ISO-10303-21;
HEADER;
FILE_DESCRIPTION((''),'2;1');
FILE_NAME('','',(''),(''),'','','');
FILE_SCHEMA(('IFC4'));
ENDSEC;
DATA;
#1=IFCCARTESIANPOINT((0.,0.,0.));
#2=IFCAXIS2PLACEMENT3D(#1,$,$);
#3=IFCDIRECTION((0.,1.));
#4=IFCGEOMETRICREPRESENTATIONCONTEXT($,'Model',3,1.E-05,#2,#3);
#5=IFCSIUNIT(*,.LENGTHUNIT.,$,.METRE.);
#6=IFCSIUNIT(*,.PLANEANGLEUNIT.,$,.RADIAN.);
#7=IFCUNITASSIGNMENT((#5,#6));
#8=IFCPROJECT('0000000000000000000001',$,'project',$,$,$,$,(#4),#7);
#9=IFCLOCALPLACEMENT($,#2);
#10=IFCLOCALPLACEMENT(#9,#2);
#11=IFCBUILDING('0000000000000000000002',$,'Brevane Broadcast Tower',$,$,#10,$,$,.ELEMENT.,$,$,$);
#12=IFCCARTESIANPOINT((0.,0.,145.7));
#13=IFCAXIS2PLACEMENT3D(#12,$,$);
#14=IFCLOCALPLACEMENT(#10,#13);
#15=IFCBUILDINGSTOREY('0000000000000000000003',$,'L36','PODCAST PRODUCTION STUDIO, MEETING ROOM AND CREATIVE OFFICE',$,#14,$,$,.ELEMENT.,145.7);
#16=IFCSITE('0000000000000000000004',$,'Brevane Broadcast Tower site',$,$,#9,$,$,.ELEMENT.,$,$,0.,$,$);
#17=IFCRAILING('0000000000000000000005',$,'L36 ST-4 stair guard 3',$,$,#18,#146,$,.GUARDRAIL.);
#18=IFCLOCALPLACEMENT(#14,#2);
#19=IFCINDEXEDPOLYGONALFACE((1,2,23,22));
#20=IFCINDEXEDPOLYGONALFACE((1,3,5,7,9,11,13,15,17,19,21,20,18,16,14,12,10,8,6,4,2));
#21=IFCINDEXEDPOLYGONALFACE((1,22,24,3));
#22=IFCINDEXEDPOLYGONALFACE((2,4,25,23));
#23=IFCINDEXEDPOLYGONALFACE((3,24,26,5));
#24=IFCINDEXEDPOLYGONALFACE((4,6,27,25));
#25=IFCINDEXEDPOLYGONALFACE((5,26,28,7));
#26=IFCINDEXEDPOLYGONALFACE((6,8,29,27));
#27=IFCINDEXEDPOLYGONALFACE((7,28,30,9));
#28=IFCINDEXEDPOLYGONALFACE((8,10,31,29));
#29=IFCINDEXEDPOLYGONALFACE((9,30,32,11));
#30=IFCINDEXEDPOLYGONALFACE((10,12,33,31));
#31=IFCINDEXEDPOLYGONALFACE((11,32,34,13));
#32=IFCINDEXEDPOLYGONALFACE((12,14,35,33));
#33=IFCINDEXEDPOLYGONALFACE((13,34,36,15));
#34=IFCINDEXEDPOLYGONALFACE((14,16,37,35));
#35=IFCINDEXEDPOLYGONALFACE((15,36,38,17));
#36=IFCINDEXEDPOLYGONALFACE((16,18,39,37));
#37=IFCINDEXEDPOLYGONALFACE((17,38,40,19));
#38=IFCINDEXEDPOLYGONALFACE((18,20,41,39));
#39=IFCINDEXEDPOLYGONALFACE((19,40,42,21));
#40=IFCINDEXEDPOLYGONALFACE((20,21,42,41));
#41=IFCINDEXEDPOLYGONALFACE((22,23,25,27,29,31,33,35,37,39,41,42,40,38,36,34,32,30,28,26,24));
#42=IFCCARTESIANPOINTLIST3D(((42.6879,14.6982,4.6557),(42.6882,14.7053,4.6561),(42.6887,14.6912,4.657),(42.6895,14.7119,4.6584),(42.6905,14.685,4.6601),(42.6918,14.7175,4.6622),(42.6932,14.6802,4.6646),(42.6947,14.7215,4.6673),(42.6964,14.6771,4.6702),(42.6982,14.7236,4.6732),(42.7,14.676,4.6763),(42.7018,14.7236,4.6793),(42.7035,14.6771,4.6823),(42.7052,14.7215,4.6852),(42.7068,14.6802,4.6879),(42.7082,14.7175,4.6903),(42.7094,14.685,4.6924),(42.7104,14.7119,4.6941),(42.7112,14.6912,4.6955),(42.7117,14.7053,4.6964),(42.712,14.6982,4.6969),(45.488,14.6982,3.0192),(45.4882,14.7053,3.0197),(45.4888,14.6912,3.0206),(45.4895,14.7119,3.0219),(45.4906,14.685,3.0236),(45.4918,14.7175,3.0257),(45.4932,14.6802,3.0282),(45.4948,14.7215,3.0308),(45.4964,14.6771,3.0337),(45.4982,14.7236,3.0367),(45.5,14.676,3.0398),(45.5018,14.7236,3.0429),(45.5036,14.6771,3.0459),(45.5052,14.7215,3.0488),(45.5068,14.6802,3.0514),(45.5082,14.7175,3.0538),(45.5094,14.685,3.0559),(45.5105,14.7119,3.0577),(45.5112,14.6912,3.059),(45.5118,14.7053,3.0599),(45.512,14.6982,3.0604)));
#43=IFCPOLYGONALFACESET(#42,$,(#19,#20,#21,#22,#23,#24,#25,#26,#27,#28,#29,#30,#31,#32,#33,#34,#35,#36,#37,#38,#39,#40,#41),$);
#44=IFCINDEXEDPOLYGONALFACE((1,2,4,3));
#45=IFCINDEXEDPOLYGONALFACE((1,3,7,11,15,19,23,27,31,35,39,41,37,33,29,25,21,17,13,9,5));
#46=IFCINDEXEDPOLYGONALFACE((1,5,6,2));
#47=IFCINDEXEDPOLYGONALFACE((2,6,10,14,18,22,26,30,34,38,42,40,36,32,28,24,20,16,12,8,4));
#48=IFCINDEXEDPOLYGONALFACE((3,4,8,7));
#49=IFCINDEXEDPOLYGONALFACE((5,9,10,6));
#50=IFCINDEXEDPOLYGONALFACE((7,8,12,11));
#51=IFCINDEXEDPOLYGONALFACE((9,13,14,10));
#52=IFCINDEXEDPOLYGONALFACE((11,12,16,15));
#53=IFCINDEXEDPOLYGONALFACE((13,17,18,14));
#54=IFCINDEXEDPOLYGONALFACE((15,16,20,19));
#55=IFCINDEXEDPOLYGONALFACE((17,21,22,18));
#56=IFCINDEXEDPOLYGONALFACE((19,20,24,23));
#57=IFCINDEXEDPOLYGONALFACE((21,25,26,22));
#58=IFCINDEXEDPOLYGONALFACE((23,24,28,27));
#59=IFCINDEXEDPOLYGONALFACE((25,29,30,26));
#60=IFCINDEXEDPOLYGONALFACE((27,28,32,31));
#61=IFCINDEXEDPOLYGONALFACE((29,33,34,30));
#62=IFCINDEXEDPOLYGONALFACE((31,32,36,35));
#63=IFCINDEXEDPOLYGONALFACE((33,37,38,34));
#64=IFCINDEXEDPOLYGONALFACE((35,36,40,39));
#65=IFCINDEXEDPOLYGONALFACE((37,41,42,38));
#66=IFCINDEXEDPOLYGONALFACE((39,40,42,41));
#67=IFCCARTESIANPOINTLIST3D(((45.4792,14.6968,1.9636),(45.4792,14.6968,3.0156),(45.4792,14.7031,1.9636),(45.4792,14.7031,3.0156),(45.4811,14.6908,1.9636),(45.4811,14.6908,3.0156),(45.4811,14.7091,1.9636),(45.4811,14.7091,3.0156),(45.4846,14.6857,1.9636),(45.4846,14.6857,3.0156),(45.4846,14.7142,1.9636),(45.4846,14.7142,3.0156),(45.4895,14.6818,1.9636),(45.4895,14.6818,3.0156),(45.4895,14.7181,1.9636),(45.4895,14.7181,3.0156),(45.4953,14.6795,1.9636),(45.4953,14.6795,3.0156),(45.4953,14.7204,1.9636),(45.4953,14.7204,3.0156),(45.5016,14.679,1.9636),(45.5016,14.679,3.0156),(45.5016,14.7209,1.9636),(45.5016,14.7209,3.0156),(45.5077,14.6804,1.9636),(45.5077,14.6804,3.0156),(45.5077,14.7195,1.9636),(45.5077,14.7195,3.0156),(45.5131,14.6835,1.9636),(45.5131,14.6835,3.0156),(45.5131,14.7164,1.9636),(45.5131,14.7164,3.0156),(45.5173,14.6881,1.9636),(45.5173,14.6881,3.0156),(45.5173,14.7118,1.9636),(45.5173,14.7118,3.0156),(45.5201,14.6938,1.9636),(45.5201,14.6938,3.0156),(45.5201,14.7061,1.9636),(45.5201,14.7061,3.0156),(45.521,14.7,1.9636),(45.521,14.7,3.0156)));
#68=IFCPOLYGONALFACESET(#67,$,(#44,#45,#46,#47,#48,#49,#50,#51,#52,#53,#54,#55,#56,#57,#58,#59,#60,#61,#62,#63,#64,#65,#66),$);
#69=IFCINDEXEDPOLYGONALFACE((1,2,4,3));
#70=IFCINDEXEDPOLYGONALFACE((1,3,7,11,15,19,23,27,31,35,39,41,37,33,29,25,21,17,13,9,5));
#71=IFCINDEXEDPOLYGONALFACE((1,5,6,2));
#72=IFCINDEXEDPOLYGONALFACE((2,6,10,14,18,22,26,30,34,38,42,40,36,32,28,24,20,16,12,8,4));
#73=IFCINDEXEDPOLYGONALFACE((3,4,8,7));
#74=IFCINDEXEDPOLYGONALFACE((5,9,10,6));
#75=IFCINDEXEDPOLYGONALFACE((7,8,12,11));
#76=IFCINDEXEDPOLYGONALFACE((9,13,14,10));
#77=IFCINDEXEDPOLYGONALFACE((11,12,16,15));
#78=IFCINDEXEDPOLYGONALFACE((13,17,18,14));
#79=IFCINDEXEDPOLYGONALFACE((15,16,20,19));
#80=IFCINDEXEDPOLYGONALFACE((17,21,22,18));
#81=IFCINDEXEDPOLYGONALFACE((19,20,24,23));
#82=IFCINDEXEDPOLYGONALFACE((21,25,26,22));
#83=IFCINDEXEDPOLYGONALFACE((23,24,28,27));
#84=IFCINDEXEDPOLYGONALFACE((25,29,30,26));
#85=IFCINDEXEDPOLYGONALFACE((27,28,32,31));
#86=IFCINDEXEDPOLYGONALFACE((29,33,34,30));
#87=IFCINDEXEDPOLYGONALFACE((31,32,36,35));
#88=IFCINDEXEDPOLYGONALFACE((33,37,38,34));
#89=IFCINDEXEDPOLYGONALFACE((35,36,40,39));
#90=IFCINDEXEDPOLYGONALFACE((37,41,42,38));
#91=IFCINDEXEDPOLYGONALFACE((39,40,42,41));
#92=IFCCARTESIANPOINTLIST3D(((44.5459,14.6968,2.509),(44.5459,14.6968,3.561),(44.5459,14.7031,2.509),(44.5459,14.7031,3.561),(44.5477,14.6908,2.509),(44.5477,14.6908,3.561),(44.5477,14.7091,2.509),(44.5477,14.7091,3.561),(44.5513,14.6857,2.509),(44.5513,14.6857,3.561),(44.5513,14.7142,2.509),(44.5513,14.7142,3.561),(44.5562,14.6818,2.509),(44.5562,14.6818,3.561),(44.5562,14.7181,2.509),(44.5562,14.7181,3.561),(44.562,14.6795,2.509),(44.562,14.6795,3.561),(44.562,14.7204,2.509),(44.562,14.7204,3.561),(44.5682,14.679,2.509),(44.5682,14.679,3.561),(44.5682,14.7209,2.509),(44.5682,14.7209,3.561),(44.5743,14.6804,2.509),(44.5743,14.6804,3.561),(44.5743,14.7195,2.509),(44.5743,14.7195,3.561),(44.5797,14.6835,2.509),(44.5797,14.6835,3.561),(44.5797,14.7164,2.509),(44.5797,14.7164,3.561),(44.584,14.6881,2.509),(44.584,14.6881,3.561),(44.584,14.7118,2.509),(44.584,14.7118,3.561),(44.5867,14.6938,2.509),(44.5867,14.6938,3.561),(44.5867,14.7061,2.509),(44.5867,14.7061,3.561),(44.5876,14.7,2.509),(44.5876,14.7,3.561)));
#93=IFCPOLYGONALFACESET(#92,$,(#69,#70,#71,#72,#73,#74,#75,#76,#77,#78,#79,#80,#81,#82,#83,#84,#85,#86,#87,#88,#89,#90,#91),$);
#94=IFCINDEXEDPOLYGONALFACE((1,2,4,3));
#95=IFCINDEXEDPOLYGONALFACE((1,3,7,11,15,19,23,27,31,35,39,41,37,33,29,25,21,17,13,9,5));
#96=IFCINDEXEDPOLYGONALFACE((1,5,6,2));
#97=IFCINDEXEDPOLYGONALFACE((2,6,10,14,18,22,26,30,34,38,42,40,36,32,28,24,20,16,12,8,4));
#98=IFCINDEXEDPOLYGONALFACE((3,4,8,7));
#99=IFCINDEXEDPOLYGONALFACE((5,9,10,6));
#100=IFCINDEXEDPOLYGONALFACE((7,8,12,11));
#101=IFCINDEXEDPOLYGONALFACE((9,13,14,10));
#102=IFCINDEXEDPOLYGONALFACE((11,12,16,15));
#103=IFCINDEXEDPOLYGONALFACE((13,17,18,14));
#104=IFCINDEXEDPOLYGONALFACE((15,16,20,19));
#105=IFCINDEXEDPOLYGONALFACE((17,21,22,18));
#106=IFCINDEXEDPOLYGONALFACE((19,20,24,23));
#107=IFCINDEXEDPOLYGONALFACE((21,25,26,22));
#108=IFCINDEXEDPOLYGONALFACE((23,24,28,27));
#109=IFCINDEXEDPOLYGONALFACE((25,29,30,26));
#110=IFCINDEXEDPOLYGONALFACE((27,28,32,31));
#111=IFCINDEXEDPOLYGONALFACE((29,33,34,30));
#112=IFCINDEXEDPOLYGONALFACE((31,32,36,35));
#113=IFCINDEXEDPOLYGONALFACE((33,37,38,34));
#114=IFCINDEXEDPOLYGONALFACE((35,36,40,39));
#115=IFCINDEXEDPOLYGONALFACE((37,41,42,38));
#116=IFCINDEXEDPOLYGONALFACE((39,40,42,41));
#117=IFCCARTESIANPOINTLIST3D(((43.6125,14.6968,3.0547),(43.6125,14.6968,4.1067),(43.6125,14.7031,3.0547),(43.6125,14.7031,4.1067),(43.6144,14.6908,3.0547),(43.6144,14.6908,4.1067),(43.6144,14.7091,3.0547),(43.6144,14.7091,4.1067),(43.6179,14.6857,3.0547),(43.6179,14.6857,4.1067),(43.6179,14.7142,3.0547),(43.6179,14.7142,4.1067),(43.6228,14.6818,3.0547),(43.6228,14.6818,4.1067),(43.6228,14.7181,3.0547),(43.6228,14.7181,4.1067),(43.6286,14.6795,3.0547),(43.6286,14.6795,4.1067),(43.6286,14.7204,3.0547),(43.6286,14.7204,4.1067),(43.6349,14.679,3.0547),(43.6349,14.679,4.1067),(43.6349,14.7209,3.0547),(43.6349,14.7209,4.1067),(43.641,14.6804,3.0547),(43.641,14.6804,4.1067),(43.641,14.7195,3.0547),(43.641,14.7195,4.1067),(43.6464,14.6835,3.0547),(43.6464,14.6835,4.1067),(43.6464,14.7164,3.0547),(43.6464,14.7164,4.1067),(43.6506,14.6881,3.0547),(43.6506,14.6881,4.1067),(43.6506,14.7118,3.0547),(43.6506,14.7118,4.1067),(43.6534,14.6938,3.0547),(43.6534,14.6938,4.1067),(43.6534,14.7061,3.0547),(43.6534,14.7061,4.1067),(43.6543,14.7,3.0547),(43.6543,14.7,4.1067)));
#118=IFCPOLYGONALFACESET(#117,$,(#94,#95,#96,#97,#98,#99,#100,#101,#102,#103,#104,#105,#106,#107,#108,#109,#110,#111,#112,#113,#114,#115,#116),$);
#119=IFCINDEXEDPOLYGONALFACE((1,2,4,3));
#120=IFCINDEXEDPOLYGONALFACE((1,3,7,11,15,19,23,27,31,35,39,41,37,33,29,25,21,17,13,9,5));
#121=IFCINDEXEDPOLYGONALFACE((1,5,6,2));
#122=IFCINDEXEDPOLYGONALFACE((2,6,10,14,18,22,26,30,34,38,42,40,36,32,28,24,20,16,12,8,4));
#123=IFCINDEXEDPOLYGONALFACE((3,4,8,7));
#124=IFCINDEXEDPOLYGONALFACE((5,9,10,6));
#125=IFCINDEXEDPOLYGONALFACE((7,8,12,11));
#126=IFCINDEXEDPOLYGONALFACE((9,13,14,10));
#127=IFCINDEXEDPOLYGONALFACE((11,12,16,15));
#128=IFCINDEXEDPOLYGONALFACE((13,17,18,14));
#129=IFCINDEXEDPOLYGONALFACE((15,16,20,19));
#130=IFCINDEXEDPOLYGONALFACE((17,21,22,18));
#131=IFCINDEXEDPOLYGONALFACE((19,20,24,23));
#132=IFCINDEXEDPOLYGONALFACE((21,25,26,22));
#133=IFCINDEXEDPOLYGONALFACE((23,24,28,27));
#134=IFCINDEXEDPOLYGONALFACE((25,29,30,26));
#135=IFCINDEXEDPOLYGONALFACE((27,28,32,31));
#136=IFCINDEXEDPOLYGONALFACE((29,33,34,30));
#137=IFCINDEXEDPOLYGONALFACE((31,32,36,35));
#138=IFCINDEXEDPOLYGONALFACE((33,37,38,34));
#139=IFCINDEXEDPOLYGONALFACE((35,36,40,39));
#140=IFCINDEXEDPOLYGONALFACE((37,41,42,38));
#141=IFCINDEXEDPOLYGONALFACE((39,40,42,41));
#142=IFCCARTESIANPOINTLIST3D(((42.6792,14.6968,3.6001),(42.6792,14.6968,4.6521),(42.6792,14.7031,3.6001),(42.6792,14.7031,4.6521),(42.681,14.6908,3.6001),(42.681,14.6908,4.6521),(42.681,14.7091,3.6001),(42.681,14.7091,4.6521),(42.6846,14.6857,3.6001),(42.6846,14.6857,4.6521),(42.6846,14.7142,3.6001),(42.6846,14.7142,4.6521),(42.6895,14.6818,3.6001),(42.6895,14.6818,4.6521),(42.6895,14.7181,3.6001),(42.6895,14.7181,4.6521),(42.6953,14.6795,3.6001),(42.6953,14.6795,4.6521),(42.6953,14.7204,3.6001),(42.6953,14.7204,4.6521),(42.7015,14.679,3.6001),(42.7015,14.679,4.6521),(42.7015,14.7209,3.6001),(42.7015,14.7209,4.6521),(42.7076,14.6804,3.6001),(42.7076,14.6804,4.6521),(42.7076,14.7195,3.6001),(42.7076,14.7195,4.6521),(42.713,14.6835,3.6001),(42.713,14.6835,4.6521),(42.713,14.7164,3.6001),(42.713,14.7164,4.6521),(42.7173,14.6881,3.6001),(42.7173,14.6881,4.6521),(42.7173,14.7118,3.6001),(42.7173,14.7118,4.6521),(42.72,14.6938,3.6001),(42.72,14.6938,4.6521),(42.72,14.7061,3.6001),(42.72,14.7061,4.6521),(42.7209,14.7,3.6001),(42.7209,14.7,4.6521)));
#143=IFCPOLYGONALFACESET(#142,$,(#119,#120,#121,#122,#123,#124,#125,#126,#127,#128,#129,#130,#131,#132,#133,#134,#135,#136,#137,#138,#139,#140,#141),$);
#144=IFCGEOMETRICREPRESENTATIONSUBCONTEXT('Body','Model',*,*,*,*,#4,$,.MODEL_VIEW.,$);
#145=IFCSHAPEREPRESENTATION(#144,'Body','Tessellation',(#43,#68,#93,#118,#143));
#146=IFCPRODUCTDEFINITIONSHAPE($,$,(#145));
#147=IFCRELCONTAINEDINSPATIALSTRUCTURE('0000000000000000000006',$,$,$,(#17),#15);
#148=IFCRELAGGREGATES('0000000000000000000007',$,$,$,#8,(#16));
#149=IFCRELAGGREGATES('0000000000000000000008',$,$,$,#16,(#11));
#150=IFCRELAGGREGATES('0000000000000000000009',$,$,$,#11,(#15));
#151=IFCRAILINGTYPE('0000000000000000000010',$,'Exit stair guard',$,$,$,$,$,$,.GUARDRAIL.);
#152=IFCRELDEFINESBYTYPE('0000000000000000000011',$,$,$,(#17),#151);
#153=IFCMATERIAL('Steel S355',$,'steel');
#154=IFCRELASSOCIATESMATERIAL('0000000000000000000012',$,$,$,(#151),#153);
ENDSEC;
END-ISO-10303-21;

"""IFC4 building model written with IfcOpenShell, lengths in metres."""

from ifc_helpers import new_model, si_unit, direction, frame, origin, origin_2d, place, context, subcontext, project, spatial, circle, extrude, material, type_object, element, save


model = new_model("IFC4")

# Units and contexts
model_context = context("Model", 3, precision=1e-05, world=origin(), true_north=direction((0.0, 1.0)))
body_context = subcontext(model_context, "Body", "Model", "MODEL_VIEW")
ifc_project = project(units=[si_unit("LENGTHUNIT", "METRE"), si_unit("PLANEANGLEUNIT", "RADIAN")], contexts=[model_context])

# Site, building, storey
site_placement = place(None, origin())
site = spatial("IfcSite", under=ifc_project, at=site_placement, Name="Brevane Broadcast Tower site", CompositionType="ELEMENT", RefElevation=0.0)
building_placement = place(site_placement, origin())
building = spatial("IfcBuilding", under=site, at=building_placement, Name="Brevane Broadcast Tower", CompositionType="ELEMENT")
storey_placement = place(building_placement, frame((0.0, 0.0, 145.7)))
storey = spatial("IfcBuildingStorey", under=building, at=storey_placement, Name="L36", Description="PODCAST PRODUCTION STUDIO, MEETING ROOM AND CREATIVE OFFICE", CompositionType="ELEMENT", Elevation=145.7)

# Railing
ifc_material_1 = material(Name="Steel S355", Category="steel")
railing_type_1 = type_object("IfcRailingType", Name="Exit stair guard", PredefinedType="GUARDRAIL", material=ifc_material_1)
railing_1_placement = place(storey_placement, frame((45.5, 14.7, 1.9636)))
element("IfcRailing", 1, at=railing_1_placement, inside=storey, type_object=railing_type_1, Name="L36 ST-4 stair guard 3", PredefinedType="GUARDRAIL", context=body_context, shape_type="SweptSolid", body=[
    extrude(circle(Radius=0.0239, at=origin_2d()), frame((0.0, 0.0, 1.0762), z_axis=(-0.863361, 0.0, 0.504587), x_axis=(0.0, -1.0, 0.0)), (0.0, 0.0, 1.0), 3.2432),
    extrude(circle(Radius=0.021, at=origin_2d()), origin(), (0.0, 0.0, 1.0), 1.052),
    extrude(circle(Radius=0.021, at=origin_2d()), frame((-0.9333, 0.0, 0.5454)), (0.0, 0.0, 1.0), 1.052),
    extrude(circle(Radius=0.021, at=origin_2d()), frame((-1.8667, 0.0, 1.0911)), (0.0, 0.0, 1.0), 1.052),
    extrude(circle(Radius=0.021, at=origin_2d()), frame((-2.8, 0.0, 1.6365)), (0.0, 0.0, 1.0), 1.052),
])

save(model, "model.ifc")
